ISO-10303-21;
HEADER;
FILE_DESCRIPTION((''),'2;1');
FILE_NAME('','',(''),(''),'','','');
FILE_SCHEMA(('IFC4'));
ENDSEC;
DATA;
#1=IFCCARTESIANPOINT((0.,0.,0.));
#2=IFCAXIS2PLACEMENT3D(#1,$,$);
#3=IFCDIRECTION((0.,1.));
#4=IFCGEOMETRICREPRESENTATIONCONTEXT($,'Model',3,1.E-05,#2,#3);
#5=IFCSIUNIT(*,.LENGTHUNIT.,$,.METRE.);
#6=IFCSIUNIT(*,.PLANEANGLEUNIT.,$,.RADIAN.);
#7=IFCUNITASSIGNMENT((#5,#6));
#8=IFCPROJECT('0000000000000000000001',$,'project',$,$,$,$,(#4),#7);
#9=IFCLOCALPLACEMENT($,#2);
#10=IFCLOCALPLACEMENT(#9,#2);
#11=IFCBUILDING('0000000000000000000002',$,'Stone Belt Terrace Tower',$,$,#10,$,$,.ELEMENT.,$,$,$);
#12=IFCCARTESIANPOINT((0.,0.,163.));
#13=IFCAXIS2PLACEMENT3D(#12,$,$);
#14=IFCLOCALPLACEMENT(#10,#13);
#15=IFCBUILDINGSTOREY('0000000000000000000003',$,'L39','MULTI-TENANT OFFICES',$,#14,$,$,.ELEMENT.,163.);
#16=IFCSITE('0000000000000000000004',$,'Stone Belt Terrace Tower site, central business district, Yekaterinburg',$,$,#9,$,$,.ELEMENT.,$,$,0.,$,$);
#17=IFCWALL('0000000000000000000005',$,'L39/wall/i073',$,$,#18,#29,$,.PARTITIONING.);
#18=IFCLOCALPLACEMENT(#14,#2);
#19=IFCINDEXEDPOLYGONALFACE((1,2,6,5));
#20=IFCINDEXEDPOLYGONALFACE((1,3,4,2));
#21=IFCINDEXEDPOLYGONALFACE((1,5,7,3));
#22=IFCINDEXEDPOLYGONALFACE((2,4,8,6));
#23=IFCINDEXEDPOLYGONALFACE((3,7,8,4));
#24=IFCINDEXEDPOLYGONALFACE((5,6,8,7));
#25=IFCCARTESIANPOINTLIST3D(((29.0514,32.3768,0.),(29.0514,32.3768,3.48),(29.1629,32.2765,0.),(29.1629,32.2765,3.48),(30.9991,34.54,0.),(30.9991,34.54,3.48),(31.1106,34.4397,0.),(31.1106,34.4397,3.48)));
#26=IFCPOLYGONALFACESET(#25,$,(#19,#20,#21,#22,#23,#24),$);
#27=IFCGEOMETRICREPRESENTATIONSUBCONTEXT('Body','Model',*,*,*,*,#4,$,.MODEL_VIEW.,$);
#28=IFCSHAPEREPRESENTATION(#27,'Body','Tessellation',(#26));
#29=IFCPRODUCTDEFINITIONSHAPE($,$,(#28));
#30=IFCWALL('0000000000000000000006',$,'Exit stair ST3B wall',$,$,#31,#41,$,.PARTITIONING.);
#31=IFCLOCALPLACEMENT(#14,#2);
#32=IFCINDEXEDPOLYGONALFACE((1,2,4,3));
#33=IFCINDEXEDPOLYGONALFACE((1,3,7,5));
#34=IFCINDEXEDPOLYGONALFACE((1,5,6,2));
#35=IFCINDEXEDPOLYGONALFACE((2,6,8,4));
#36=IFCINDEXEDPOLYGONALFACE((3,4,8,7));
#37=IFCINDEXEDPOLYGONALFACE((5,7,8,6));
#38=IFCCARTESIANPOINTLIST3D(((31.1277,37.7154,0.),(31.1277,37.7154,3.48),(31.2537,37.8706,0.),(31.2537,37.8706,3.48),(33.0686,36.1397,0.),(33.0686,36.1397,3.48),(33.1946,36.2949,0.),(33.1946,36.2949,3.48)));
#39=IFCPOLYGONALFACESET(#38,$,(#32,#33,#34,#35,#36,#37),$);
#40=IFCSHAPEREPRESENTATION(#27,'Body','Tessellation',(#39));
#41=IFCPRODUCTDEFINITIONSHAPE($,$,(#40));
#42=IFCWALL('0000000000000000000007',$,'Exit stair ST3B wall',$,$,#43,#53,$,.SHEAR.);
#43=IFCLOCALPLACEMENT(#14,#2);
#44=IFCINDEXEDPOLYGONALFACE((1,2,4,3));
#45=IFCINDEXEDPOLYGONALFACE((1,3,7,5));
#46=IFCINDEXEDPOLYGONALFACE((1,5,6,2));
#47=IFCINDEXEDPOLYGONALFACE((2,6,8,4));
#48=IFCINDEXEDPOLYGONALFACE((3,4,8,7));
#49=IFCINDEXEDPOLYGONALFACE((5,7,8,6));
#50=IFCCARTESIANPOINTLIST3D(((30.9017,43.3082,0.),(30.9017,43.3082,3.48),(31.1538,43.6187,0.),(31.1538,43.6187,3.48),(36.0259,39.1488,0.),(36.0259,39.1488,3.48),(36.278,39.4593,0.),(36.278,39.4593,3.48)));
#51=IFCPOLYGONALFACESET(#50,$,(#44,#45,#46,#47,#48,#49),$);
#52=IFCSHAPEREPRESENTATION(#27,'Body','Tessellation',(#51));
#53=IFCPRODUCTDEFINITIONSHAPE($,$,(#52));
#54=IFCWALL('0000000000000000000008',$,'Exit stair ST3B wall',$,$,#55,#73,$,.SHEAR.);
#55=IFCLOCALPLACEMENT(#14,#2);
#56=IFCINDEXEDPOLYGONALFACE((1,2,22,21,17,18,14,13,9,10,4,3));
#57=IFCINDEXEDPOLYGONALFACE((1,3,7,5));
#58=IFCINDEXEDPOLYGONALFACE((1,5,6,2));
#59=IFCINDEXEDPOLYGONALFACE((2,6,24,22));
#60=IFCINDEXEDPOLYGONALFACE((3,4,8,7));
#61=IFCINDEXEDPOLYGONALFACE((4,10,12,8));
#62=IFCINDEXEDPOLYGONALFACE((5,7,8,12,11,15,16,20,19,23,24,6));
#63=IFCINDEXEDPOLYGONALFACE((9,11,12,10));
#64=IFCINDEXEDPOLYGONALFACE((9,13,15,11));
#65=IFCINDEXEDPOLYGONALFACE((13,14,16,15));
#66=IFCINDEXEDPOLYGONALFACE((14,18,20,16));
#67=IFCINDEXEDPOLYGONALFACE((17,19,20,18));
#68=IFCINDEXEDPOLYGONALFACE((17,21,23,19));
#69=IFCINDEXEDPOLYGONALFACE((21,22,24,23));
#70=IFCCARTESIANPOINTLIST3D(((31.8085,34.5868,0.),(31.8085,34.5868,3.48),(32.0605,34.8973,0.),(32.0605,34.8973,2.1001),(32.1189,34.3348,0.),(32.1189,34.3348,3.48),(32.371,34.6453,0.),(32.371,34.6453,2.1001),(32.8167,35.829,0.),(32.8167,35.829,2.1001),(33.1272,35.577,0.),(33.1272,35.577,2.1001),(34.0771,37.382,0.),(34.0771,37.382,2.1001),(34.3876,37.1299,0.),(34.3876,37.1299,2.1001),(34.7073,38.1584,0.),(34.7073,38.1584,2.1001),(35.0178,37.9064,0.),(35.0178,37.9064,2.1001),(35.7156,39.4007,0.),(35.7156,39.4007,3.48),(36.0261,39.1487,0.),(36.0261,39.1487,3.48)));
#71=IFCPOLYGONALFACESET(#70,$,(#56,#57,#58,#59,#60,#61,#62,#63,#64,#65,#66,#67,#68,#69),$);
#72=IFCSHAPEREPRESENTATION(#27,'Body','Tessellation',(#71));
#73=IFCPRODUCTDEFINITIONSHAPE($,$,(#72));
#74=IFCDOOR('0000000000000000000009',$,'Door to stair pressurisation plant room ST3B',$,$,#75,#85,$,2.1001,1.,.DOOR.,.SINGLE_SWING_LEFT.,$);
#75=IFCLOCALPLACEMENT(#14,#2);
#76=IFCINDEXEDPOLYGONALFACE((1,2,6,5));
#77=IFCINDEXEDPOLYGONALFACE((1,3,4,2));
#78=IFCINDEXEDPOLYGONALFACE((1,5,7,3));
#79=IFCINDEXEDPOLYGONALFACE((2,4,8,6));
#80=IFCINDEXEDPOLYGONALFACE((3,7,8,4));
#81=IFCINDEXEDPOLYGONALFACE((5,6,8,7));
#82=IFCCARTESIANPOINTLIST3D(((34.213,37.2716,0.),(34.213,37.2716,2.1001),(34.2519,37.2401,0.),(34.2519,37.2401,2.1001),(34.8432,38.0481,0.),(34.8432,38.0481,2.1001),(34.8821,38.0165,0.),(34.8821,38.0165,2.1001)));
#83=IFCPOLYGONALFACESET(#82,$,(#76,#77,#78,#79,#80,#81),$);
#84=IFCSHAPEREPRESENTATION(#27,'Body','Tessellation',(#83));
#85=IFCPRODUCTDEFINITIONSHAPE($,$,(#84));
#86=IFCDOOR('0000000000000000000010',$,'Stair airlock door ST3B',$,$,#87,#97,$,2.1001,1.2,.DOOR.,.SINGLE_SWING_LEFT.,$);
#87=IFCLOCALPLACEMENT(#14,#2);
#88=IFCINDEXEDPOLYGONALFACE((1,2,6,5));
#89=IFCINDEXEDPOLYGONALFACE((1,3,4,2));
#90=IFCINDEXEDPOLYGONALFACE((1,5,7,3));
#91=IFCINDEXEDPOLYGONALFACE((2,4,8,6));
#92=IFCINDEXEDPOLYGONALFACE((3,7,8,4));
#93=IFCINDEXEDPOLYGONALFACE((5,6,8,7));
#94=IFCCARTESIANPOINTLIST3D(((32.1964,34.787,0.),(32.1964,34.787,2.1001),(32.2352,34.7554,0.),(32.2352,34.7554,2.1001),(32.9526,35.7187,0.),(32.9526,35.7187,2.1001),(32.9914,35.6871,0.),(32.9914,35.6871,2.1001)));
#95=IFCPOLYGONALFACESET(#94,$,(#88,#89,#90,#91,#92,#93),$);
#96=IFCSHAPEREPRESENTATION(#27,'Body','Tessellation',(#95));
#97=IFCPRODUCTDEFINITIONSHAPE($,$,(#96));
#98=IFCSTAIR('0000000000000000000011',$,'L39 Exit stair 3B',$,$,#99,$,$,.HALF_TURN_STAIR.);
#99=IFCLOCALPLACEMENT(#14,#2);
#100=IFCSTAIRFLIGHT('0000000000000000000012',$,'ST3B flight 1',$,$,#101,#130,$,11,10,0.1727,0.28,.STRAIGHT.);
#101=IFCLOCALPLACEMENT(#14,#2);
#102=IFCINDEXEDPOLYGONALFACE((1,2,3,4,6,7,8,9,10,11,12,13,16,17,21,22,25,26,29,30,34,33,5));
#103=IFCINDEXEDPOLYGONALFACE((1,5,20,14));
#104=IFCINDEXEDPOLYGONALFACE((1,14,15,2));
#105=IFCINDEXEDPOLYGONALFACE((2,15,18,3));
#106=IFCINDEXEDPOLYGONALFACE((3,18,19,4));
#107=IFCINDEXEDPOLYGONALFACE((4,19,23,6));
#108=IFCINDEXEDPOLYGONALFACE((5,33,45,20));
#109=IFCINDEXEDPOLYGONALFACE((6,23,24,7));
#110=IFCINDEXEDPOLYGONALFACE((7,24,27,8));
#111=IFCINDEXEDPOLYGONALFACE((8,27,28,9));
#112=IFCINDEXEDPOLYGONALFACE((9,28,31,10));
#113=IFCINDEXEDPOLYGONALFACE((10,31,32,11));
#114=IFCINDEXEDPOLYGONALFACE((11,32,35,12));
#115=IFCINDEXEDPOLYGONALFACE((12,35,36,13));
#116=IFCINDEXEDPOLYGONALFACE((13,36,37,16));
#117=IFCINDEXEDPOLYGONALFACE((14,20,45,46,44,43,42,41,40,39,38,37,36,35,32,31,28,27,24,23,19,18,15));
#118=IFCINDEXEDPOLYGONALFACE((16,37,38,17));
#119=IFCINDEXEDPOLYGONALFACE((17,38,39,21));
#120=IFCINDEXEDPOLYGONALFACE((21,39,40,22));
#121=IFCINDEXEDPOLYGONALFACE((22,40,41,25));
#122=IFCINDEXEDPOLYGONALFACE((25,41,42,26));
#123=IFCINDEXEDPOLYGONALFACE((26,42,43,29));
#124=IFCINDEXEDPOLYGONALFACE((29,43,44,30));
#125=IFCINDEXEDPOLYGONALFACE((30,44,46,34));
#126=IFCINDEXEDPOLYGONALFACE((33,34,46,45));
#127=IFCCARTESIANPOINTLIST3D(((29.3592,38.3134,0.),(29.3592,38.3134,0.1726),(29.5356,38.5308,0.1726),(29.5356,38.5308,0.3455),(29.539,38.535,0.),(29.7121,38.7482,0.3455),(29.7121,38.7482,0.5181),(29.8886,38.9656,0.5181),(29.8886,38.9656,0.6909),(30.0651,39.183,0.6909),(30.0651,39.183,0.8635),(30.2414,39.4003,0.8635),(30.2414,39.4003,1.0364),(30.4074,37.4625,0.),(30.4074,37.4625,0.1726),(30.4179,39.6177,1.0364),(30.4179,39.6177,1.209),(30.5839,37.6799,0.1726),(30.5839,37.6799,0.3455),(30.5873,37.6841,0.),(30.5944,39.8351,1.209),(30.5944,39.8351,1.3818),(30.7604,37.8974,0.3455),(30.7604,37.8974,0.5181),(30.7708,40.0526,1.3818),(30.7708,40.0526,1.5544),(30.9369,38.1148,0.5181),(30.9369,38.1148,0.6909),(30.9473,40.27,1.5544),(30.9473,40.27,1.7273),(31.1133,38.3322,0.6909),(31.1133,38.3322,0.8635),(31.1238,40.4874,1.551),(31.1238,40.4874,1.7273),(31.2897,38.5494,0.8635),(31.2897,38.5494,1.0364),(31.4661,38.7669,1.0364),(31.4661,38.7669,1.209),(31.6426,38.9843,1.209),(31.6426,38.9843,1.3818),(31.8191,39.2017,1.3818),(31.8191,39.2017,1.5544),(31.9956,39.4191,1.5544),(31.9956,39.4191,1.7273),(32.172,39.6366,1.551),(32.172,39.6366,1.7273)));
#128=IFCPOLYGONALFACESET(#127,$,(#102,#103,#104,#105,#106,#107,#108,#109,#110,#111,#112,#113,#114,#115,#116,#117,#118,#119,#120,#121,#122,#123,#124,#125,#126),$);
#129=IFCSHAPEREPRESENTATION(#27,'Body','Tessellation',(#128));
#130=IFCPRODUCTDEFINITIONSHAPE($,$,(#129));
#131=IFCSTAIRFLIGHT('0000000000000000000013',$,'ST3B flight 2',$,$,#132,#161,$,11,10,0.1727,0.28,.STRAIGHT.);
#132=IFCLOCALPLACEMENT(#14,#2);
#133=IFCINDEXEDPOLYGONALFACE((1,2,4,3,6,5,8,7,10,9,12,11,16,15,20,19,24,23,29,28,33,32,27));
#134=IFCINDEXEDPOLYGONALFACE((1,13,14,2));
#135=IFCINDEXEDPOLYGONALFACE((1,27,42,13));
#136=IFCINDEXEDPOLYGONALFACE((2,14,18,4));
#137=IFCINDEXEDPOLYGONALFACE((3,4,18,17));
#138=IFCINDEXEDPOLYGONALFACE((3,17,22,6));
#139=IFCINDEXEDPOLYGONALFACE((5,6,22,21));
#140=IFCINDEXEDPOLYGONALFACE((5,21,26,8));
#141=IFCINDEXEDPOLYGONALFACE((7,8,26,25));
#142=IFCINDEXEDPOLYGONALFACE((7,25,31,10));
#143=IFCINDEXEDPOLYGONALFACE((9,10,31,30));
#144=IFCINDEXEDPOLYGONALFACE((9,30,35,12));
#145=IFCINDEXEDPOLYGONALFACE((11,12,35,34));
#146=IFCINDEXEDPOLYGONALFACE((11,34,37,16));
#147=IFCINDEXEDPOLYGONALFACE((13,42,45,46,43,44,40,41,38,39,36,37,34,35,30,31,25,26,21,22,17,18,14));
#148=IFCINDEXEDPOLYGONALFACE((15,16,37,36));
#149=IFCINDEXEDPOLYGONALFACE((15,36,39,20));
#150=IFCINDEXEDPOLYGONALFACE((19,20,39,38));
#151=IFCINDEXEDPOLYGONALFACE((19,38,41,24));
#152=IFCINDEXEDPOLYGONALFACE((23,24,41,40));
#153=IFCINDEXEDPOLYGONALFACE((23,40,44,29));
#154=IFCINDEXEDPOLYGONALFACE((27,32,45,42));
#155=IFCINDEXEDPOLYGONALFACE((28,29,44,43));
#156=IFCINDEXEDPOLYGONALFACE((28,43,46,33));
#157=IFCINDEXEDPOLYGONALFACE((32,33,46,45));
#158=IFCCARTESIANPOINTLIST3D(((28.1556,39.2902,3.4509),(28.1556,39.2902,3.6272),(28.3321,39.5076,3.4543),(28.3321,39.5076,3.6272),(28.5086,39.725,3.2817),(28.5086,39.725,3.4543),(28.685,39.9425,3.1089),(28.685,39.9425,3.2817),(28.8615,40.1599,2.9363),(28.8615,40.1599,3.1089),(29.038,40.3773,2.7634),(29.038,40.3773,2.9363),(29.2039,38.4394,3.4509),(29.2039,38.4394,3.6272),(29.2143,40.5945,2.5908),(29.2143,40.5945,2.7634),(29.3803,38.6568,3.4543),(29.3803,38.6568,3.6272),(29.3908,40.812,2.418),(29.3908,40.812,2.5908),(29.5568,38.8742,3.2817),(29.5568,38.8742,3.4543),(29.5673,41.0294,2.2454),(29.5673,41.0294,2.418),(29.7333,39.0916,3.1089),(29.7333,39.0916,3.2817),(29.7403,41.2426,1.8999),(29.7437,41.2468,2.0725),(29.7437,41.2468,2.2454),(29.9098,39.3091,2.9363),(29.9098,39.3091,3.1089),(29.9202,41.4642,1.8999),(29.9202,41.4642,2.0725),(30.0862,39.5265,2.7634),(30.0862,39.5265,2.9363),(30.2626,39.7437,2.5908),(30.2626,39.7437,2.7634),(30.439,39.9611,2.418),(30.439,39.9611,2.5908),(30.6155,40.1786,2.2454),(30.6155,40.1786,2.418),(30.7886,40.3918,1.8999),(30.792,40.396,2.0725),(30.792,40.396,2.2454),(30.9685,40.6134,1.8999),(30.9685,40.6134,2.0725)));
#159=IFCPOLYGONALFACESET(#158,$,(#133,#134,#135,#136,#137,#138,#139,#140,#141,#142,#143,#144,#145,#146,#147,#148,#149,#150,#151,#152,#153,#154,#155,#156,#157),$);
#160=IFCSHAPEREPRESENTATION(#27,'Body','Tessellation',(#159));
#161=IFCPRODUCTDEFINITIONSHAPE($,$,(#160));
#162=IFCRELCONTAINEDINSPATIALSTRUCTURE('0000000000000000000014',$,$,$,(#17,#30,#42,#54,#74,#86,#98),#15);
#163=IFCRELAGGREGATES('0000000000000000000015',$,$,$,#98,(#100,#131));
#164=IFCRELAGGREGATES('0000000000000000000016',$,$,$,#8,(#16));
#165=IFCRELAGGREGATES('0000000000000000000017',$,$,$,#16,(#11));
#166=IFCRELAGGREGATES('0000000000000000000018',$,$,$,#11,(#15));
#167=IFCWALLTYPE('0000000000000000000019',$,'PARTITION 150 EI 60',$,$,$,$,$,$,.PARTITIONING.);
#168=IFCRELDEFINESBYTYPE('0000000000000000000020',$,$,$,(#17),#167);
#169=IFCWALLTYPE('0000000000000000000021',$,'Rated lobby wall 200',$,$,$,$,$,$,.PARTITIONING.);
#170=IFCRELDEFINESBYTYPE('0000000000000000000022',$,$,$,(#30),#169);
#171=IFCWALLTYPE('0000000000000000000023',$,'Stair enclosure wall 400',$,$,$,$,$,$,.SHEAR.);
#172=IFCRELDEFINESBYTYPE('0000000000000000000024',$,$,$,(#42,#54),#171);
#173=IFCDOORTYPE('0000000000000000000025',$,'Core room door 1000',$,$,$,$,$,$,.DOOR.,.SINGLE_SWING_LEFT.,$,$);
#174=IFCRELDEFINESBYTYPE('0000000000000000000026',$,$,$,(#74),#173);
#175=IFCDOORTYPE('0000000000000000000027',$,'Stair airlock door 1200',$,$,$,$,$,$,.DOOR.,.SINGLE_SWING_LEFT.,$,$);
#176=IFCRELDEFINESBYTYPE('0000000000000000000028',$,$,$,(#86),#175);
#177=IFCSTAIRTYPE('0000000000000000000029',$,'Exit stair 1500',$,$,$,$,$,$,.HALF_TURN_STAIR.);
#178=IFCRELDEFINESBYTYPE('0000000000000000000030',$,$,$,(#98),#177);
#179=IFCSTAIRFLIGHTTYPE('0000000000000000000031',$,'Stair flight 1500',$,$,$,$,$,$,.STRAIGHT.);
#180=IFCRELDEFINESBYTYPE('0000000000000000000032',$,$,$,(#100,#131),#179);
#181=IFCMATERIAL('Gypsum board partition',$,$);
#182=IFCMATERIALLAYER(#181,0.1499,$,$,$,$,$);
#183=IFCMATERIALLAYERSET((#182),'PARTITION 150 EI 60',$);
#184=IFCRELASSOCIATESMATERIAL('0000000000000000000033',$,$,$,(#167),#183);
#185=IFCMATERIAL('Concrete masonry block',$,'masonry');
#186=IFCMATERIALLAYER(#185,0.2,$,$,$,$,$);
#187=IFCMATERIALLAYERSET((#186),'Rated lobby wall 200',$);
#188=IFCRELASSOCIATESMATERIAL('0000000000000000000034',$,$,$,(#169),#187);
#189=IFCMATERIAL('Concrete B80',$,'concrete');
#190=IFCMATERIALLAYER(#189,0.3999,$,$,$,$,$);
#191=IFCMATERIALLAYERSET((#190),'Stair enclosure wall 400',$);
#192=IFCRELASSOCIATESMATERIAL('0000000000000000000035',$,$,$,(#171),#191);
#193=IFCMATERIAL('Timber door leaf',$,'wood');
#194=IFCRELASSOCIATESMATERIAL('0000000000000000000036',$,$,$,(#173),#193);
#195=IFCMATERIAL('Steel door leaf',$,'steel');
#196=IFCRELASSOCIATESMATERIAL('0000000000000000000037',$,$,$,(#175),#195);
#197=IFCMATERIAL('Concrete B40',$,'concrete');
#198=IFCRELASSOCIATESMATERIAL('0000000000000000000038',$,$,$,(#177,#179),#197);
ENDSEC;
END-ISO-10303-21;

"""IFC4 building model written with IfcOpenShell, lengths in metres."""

from ifc_helpers import new_model, si_unit, direction, frame, frame_2d, origin, place, context, subcontext, project, spatial, polyline, rectangle, outline, extrude, material, layer, layer_set, type_object, element, fill, aggregate, save


model = new_model("IFC4")

# Units and contexts
model_context = context("Model", 3, precision=1e-05, world=origin(), true_north=direction((0.0, 1.0)))
body_context = subcontext(model_context, "Body", "Model", "MODEL_VIEW")
ifc_project = project(units=[si_unit("LENGTHUNIT", "METRE"), si_unit("PLANEANGLEUNIT", "RADIAN")], contexts=[model_context])

# Site, building, storey
site_placement = place(None, origin())
site = spatial("IfcSite", under=ifc_project, at=site_placement, Name="Stone Belt Terrace Tower site, central business district, Yekaterinburg", CompositionType="ELEMENT", RefElevation=0.0)
building_placement = place(site_placement, origin())
building = spatial("IfcBuilding", under=site, at=building_placement, Name="Stone Belt Terrace Tower", CompositionType="ELEMENT")
storey_placement = place(building_placement, frame((0.0, 0.0, 163.0)))
storey = spatial("IfcBuildingStorey", under=building, at=storey_placement, Name="L39", Description="MULTI-TENANT OFFICES", CompositionType="ELEMENT", Elevation=163.0)

# Shared definitions
ifc_material_1 = material(Name="Concrete B80", Category="concrete")

# Walls
ifc_material_2 = material(Name="Gypsum board partition")
ifc_layer_1 = layer(ifc_material_2, 0.1499)
ifc_layer_set_1 = layer_set([ifc_layer_1], Name="PARTITION 150 EI 60")
wall_type_1 = type_object("IfcWallType", Name="PARTITION 150 EI 60", PredefinedType="PARTITIONING", material=ifc_layer_set_1)
wall_1_placement = place(storey_placement, frame((31.0549, 34.49, 0.0), z_axis=(0.0, 0.0, 1.0), x_axis=(-0.669108, -0.743165, 0.0)))
element("IfcWall", 1, at=wall_1_placement, inside=storey, type_object=wall_type_1, Name="L39/wall/i073", PredefinedType="PARTITIONING", context=body_context, shape_type="SweptSolid", body=[
    extrude(rectangle(XDim=2.9109, YDim=0.1499, at=frame_2d((1.4556, 0.0))), origin(), (0.0, 0.0, 1.0), 3.48),
])
ifc_material_3 = material(Name="Concrete masonry block", Category="masonry")
ifc_layer_2 = layer(ifc_material_3, 0.2)
ifc_layer_set_2 = layer_set([ifc_layer_2], Name="Rated lobby wall 200")
wall_type_2 = type_object("IfcWallType", Name="Rated lobby wall 200", PredefinedType="PARTITIONING", material=ifc_layer_set_2)
wall_2_placement = place(storey_placement, frame((31.1907, 37.793, 0.0), z_axis=(0.0, 0.0, 1.0), x_axis=(0.776371, -0.630276, 0.0)))
element("IfcWall", 2, at=wall_2_placement, inside=storey, type_object=wall_type_2, Name="Exit stair ST3B wall", PredefinedType="PARTITIONING", context=body_context, shape_type="SweptSolid", body=[
    extrude(rectangle(XDim=2.5, YDim=0.2, at=frame_2d((1.25, 0.0))), origin(), (0.0, 0.0, 1.0), 3.48),
])
ifc_layer_3 = layer(ifc_material_1, 0.3999)
ifc_layer_set_3 = layer_set([ifc_layer_3], Name="Stair enclosure wall 400")
wall_type_3 = type_object("IfcWallType", Name="Stair enclosure wall 400", PredefinedType="SHEAR", material=ifc_layer_set_3)
wall_3_placement = place(storey_placement, frame((31.0278, 43.4634, 0.0), z_axis=(0.0, 0.0, 1.0), x_axis=(0.776414, -0.630224, 0.0)))
element("IfcWall", 3, at=wall_3_placement, inside=storey, type_object=wall_type_3, Name="Exit stair ST3B wall", PredefinedType="SHEAR", context=body_context, shape_type="SweptSolid", body=[
    extrude(rectangle(XDim=6.5999, YDim=0.3999, at=frame_2d((3.2998, 0.0))), origin(), (0.0, 0.0, 1.0), 3.48),
])

# Wall, openings, doors
wall_4_placement = place(storey_placement, frame((31.9636, 34.4607, 0.0), z_axis=(0.0, 0.0, 1.0), x_axis=(0.630192, 0.776439, 0.0)))
wall_4 = element("IfcWall", 4, at=wall_4_placement, inside=storey, type_object=wall_type_3, Name="Exit stair ST3B wall", PredefinedType="SHEAR", context=body_context, shape_type="SweptSolid", body=[
    extrude(rectangle(XDim=6.2, YDim=0.3999, at=frame_2d((3.1001, 0.0))), origin(), (0.0, 0.0, 1.0), 3.48),
])
opening_1_placement = place(wall_4_placement, frame((0.3999, 0.0, 0.0)))
opening_1 = element("IfcOpeningElement", 5, at=opening_1_placement, cuts=wall_4, PredefinedType="OPENING", context=body_context, shape_type="SweptSolid", body=[
    extrude(rectangle(XDim=1.2, YDim=2.1001, at=frame_2d((0.6001, 1.05))), frame((0.0, 0.21, 0.0), z_axis=(0.0, -1.0, 0.0), x_axis=(1.0, 0.0, 0.0)), (0.0, 0.0, 1.0), 0.4199),
])
opening_2_placement = place(wall_4_placement, frame((3.6001, 0.0, 0.0)))
opening_2 = element("IfcOpeningElement", 6, at=opening_2_placement, cuts=wall_4, PredefinedType="OPENING", context=body_context, shape_type="SweptSolid", body=[
    extrude(rectangle(XDim=1.0, YDim=2.1001, at=frame_2d((0.5, 1.05))), frame((0.0, 0.21, 0.0), z_axis=(0.0, -1.0, 0.0), x_axis=(1.0, 0.0, 0.0)), (0.0, 0.0, 1.0), 0.4199),
])
ifc_material_4 = material(Name="Timber door leaf", Category="wood")
door_type_1 = type_object("IfcDoorType", Name="Core room door 1000", OperationType="SINGLE_SWING_LEFT", PredefinedType="DOOR", material=ifc_material_4)
door_1_placement = place(opening_2_placement, origin())
door_1 = element("IfcDoor", 7, at=door_1_placement, inside=storey, type_object=door_type_1, Name="Door to stair pressurisation plant room ST3B", OperationType="SINGLE_SWING_LEFT", OverallHeight=2.1001, OverallWidth=1.0, PredefinedType="DOOR", context=body_context, shape_type="SweptSolid", body=[
    extrude(rectangle(XDim=1.0, YDim=2.1001, at=frame_2d((0.5, 1.05))), frame((0.0, 0.0249, 0.0), z_axis=(0.0, -1.0, 0.0), x_axis=(1.0, 0.0, 0.0)), (0.0, 0.0, 1.0), 0.05),
])
fill(opening_2, door_1)
ifc_material_5 = material(Name="Steel door leaf", Category="steel")
door_type_2 = type_object("IfcDoorType", Name="Stair airlock door 1200", OperationType="SINGLE_SWING_LEFT", PredefinedType="DOOR", material=ifc_material_5)
door_2_placement = place(opening_1_placement, origin())
door_2 = element("IfcDoor", 8, at=door_2_placement, inside=storey, type_object=door_type_2, Name="Stair airlock door ST3B", OperationType="SINGLE_SWING_LEFT", OverallHeight=2.1001, OverallWidth=1.2, PredefinedType="DOOR", context=body_context, shape_type="SweptSolid", body=[
    extrude(rectangle(XDim=1.2, YDim=2.1001, at=frame_2d((0.6001, 1.05))), frame((0.0, 0.0249, 0.0), z_axis=(0.0, -1.0, 0.0), x_axis=(1.0, 0.0, 0.0)), (0.0, 0.0, 1.0), 0.05),
])
fill(opening_1, door_2)

# Stair, stair flights
ifc_material_6 = material(Name="Concrete B40", Category="concrete")
stair_type = type_object("IfcStairType", Name="Exit stair 1500", PredefinedType="HALF_TURN_STAIR", material=ifc_material_6)
stair_placement = place(storey_placement, origin())
stair = element("IfcStair", 9, at=stair_placement, inside=storey, type_object=stair_type, Name="L39 Exit stair 3B", PredefinedType="HALF_TURN_STAIR")
stair_flight_type = type_object("IfcStairFlightType", Name="Stair flight 1500", PredefinedType="STRAIGHT", material=ifc_material_6)
stair_flight_1_placement = place(storey_placement, frame((29.8833, 37.8879, 0.0), z_axis=(0.0, 0.0, 1.0), x_axis=(0.630206, 0.776428, 0.0)))
stair_flight_1 = element("IfcStairFlight", 10, at=stair_flight_1_placement, type_object=stair_flight_type, Name="ST3B flight 1", NumberOfRisers=11, NumberOfTreads=10, PredefinedType="STRAIGHT", RiserHeight=0.1727, TreadLength=0.28, context=body_context, shape_type="SweptSolid", body=[
    extrude(outline(polyline([(0.0, 0.0), (0.0, 0.1726), (0.28, 0.1726), (0.28, 0.3455), (0.5601, 0.3455), (0.5601, 0.5181), (0.8401, 0.5181), (0.8401, 0.6909), (1.1201, 0.6909), (1.1201, 0.8635), (1.3999, 0.8635), (1.3999, 1.0364), (1.6799, 1.0364), (1.6799, 1.209), (1.96, 1.209), (1.96, 1.3818), (2.24, 1.3818), (2.24, 1.5544), (2.52, 1.5544), (2.52, 1.7273), (2.8, 1.7273), (2.8, 1.8999), (2.8, 1.551), (0.2854, 0.0), (0.0, 0.0)])), frame((0.0, 0.675, 0.0), z_axis=(0.0, -1.0, 0.0), x_axis=(1.0, 0.0, 0.0)), (0.0, 0.0, 1.0), 1.3501),
])
stair_flight_2_placement = place(storey_placement, frame((30.4443, 41.0388, 1.8999), z_axis=(0.0, 0.0, 1.0), x_axis=(-0.630206, -0.776428, 0.0)))
stair_flight_2 = element("IfcStairFlight", 11, at=stair_flight_2_placement, type_object=stair_flight_type, Name="ST3B flight 2", NumberOfRisers=11, NumberOfTreads=10, PredefinedType="STRAIGHT", RiserHeight=0.1727, TreadLength=0.28, context=body_context, shape_type="SweptSolid", body=[
    extrude(outline(polyline([(0.0, 0.0), (0.0, 0.1726), (0.28, 0.1726), (0.28, 0.3455), (0.5601, 0.3455), (0.5601, 0.5181), (0.8401, 0.5181), (0.8401, 0.6909), (1.1201, 0.6909), (1.1201, 0.8635), (1.3999, 0.8635), (1.3999, 1.0364), (1.6799, 1.0364), (1.6799, 1.209), (1.96, 1.209), (1.96, 1.3818), (2.24, 1.3818), (2.24, 1.5544), (2.52, 1.5544), (2.52, 1.7273), (2.8, 1.7273), (2.8, 1.8999), (2.8, 1.551), (0.2854, 0.0), (0.0, 0.0)])), frame((0.0, 0.675, 0.0), z_axis=(0.0, -1.0, 0.0), x_axis=(1.0, 0.0, 0.0)), (0.0, 0.0, 1.0), 1.3501),
])
aggregate(stair, [stair_flight_1, stair_flight_2])

save(model, "model.ifc")
